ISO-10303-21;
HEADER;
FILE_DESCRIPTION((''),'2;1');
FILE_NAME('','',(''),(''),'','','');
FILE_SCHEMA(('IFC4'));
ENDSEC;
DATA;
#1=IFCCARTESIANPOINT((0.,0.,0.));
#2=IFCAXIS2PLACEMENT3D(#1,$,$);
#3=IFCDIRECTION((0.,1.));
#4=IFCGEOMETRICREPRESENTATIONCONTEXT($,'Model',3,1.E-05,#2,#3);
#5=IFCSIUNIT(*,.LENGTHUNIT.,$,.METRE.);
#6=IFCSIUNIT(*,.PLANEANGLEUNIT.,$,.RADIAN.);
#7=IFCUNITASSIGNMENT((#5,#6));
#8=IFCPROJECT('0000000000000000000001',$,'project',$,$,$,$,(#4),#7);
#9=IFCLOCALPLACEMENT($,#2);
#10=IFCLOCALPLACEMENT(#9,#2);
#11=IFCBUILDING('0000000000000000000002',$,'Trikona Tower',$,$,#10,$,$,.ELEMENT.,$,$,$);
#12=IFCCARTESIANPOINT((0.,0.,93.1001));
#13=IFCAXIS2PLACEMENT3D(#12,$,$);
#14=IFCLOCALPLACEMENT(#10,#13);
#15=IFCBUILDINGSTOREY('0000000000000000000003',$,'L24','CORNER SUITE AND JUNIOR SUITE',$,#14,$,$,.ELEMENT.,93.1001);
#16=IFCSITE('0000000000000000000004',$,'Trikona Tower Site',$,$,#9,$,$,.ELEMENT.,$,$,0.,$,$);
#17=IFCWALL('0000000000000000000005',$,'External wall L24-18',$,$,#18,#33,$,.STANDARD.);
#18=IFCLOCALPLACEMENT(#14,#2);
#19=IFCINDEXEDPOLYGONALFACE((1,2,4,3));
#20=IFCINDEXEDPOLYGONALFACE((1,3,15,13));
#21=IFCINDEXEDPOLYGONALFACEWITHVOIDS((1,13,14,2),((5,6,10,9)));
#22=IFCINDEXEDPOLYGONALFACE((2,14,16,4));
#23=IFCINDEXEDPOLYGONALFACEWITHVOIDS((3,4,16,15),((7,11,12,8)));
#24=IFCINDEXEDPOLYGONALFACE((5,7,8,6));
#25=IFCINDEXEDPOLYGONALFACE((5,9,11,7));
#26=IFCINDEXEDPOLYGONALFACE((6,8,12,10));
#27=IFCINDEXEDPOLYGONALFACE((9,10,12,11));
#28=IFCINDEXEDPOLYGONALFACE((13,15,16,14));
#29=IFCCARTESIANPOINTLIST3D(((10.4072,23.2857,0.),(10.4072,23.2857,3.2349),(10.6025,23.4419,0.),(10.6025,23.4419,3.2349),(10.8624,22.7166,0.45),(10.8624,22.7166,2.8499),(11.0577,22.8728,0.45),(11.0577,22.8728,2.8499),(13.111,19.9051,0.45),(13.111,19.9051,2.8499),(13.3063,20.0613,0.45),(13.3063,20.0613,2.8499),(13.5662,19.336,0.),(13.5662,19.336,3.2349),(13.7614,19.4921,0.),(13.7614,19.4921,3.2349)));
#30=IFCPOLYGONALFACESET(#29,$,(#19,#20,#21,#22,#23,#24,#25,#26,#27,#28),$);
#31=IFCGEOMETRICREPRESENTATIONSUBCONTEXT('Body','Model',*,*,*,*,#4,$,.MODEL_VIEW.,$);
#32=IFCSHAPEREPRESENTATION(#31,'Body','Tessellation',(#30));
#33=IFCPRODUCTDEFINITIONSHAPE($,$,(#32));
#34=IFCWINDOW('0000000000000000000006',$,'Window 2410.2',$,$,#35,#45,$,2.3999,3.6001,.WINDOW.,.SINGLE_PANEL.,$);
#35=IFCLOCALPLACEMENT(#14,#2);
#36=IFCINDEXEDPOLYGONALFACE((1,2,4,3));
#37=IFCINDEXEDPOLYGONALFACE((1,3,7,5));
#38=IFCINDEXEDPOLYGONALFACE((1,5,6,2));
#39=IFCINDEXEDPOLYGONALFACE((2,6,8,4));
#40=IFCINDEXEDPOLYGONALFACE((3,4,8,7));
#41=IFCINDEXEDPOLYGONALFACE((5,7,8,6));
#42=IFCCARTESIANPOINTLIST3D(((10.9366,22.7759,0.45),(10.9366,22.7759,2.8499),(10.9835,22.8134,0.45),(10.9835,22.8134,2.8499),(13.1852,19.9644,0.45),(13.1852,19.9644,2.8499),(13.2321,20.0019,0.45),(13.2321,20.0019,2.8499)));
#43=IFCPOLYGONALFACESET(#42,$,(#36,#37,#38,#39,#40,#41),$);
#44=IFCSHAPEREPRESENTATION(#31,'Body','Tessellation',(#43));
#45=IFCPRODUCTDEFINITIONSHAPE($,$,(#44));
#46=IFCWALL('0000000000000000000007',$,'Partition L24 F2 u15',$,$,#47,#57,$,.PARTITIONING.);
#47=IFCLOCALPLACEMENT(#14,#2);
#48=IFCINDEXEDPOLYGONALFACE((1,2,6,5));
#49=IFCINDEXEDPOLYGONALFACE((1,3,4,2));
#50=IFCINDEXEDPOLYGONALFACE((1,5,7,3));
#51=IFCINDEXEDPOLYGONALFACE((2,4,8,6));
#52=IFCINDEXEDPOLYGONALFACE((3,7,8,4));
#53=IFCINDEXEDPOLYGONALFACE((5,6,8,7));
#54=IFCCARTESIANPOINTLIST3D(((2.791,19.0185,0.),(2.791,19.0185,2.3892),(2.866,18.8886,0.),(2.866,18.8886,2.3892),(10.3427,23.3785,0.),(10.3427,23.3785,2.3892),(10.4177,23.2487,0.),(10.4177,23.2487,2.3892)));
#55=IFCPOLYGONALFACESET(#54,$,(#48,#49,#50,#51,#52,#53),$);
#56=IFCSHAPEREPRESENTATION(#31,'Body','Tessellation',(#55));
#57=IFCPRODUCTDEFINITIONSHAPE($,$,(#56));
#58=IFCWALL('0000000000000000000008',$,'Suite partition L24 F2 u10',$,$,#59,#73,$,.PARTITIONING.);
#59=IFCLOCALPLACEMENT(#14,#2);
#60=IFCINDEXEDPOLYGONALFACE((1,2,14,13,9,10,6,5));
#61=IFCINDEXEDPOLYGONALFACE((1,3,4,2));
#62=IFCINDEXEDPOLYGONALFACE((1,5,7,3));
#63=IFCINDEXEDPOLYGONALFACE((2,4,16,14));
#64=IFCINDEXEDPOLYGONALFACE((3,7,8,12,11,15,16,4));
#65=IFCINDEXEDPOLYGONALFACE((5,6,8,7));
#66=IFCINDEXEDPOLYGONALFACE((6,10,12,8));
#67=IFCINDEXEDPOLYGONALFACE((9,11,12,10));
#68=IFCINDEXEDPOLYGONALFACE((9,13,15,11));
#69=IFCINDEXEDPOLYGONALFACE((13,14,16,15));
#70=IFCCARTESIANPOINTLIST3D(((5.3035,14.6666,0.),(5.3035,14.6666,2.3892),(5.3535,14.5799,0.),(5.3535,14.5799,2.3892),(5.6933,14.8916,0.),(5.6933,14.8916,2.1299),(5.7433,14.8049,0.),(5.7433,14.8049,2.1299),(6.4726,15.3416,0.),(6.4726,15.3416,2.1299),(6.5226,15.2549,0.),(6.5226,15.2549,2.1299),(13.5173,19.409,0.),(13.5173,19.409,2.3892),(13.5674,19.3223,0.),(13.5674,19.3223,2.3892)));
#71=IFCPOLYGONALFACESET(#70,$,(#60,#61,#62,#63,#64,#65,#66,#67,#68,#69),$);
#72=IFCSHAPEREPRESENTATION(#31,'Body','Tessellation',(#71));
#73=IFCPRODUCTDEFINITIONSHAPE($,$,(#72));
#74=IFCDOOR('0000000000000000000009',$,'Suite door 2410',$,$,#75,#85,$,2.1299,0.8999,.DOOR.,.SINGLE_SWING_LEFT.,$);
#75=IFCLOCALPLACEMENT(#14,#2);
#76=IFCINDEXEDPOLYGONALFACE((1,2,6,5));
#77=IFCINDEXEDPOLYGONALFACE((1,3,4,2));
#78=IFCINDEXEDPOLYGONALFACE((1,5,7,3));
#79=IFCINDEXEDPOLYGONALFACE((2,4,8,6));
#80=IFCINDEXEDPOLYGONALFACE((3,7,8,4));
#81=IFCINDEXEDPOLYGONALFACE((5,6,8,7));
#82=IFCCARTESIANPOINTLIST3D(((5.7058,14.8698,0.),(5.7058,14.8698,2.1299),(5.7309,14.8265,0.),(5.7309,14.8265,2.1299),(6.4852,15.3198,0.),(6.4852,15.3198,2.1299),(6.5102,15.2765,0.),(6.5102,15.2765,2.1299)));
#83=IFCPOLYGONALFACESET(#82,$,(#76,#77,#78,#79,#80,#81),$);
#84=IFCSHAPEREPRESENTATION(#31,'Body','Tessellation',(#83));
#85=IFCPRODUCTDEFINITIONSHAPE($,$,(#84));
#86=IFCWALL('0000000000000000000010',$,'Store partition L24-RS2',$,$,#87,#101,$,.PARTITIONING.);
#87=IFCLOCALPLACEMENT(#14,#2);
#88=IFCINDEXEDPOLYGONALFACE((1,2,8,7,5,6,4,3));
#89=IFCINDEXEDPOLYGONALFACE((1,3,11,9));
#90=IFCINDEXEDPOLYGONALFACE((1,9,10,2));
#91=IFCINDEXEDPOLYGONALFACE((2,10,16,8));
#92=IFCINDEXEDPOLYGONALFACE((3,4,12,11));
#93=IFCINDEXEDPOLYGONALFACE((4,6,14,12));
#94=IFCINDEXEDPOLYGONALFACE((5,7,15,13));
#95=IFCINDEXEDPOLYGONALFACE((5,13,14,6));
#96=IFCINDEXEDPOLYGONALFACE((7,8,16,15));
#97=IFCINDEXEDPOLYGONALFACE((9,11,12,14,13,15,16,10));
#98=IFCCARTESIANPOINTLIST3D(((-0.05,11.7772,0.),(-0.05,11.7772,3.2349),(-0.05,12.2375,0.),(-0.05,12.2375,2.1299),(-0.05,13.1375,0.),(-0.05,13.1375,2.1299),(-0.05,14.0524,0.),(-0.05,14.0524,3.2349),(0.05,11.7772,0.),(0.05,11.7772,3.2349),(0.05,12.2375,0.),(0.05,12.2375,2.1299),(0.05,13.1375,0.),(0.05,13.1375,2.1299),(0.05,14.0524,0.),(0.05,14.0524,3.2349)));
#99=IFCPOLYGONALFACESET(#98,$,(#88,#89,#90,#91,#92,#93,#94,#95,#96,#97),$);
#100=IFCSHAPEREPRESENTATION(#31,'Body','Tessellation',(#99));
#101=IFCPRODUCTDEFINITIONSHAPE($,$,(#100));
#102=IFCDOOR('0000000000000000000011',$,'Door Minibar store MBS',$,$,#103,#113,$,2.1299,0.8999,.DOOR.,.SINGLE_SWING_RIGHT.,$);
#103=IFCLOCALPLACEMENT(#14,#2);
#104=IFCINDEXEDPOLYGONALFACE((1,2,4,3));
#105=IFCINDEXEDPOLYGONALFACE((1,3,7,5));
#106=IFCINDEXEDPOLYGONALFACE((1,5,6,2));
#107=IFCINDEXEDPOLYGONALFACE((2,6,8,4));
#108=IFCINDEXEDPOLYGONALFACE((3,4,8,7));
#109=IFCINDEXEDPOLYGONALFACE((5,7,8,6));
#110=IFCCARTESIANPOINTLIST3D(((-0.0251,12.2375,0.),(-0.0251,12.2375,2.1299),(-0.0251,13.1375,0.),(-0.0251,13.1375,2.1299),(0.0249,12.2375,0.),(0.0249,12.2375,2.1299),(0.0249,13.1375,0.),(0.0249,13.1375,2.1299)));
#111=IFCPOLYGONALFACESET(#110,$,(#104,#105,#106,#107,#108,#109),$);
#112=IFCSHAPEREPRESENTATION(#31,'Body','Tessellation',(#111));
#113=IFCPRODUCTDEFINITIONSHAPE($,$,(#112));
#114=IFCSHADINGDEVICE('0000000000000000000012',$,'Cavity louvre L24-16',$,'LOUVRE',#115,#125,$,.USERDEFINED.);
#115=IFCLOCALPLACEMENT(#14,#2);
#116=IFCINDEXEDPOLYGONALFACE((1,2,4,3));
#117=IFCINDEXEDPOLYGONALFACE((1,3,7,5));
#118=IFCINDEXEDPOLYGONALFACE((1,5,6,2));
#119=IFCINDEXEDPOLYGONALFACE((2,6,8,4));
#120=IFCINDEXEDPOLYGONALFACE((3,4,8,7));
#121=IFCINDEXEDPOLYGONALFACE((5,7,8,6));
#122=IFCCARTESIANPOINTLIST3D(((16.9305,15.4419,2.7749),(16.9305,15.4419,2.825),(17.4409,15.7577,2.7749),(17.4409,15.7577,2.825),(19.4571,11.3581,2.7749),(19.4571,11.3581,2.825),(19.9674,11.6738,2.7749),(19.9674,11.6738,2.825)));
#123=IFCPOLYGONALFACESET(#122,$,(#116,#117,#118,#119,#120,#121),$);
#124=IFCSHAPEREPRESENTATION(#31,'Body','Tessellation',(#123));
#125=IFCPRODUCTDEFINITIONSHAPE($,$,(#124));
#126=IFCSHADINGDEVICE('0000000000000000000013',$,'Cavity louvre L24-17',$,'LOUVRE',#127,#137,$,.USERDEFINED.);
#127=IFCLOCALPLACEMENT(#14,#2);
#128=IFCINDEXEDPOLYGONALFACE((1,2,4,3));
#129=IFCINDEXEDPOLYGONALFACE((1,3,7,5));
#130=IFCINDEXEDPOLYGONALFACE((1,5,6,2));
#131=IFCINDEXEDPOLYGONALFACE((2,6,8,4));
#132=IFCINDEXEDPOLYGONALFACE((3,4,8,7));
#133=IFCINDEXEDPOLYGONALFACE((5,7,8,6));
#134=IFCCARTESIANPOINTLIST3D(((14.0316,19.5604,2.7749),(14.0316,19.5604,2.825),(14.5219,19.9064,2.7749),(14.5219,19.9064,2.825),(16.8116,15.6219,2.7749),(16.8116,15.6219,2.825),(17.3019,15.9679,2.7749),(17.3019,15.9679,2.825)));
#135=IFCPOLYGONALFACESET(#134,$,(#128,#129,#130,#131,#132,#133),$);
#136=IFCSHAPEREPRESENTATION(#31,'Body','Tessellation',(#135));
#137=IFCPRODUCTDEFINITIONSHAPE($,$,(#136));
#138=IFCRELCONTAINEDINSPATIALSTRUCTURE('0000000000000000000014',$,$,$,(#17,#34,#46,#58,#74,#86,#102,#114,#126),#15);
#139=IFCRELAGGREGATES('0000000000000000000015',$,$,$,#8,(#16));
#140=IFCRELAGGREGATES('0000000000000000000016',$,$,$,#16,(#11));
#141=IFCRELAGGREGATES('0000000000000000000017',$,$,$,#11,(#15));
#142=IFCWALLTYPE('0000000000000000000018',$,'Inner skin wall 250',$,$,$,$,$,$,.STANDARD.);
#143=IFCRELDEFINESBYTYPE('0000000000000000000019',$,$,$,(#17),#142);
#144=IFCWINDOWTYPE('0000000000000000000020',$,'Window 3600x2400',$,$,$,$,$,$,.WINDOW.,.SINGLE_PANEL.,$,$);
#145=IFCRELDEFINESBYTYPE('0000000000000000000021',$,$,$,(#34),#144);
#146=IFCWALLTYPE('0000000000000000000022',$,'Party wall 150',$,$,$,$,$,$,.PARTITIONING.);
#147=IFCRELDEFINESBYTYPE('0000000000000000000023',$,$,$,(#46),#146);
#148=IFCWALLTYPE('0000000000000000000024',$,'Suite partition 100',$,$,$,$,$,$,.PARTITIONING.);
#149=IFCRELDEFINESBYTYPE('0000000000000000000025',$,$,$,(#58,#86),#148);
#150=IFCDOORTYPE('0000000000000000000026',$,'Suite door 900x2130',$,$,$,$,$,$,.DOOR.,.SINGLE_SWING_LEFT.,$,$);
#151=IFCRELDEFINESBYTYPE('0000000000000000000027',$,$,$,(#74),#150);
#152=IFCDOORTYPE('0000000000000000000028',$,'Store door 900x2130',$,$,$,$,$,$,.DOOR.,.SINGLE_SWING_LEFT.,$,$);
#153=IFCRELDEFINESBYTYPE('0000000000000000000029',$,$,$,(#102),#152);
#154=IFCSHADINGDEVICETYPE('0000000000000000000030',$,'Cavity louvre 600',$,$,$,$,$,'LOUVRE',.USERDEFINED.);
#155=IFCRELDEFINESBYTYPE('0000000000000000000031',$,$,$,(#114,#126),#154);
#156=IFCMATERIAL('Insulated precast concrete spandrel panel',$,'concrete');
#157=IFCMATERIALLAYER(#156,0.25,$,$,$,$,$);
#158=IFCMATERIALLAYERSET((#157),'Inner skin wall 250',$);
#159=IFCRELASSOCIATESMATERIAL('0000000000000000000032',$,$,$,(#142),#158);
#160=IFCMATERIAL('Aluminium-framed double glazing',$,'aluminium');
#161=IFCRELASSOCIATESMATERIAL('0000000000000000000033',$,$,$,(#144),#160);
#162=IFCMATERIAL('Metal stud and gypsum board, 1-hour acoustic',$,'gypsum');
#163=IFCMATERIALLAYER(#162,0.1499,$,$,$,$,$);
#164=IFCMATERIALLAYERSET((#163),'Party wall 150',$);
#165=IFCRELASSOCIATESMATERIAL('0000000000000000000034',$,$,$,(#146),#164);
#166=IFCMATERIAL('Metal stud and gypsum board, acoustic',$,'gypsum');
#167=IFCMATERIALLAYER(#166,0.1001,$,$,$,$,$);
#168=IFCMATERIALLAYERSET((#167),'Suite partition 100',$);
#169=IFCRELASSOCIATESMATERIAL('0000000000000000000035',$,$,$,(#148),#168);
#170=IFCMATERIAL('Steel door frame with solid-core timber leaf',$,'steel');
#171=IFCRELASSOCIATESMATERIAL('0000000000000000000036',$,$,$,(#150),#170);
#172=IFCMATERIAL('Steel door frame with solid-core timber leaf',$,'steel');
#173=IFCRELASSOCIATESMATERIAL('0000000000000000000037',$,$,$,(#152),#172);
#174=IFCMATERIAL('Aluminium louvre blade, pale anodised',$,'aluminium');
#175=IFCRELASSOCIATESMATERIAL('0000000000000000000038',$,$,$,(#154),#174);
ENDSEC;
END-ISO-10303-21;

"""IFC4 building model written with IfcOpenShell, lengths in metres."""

from ifc_helpers import new_model, si_unit, direction, frame, frame_2d, origin, origin_2d, place, context, subcontext, project, spatial, rectangle, extrude, material, layer, layer_set, type_object, element, fill, save


model = new_model("IFC4")

# Units and contexts
model_context = context("Model", 3, precision=1e-05, world=origin(), true_north=direction((0.0, 1.0)))
body_context = subcontext(model_context, "Body", "Model", "MODEL_VIEW")
ifc_project = project(units=[si_unit("LENGTHUNIT", "METRE"), si_unit("PLANEANGLEUNIT", "RADIAN")], contexts=[model_context])

# Site, building, storey
site_placement = place(None, origin())
site = spatial("IfcSite", under=ifc_project, at=site_placement, Name="Trikona Tower Site", CompositionType="ELEMENT", RefElevation=0.0)
building_placement = place(site_placement, origin())
building = spatial("IfcBuilding", under=site, at=building_placement, Name="Trikona Tower", CompositionType="ELEMENT")
storey_placement = place(building_placement, frame((0.0, 0.0, 93.1001)))
storey = spatial("IfcBuildingStorey", under=building, at=storey_placement, Name="L24", Description="CORNER SUITE AND JUNIOR SUITE", CompositionType="ELEMENT", Elevation=93.1001)

# Wall, opening, window
ifc_material_1 = material(Name="Insulated precast concrete spandrel panel", Category="concrete")
ifc_layer_1 = layer(ifc_material_1, 0.25)
ifc_layer_set_1 = layer_set([ifc_layer_1], Name="Inner skin wall 250")
wall_type_1 = type_object("IfcWallType", Name="Inner skin wall 250", PredefinedType="STANDARD", material=ifc_layer_set_1)
ifc_material_2 = material(Name="Aluminium-framed double glazing", Category="aluminium")
window_type = type_object("IfcWindowType", Name="Window 3600x2400", PartitioningType="SINGLE_PANEL", PredefinedType="WINDOW", material=ifc_material_2)
wall_1_placement = place(storey_placement, frame((13.6638, 19.4141, 0.0), z_axis=(0.0, 0.0, 1.0), x_axis=(-0.624595, 0.780949, 0.0)))
wall_1 = element("IfcWall", 1, at=wall_1_placement, inside=storey, type_object=wall_type_1, Name="External wall L24-18", PredefinedType="STANDARD", context=body_context, shape_type="SweptSolid", body=[
    extrude(rectangle(XDim=5.0576, YDim=0.25, at=frame_2d((2.5288, 0.0))), origin(), (0.0, 0.0, 1.0), 3.2349),
])
opening_1_placement = place(wall_1_placement, frame((0.7288, 0.0, 0.45)))
opening_1 = element("IfcOpeningElement", 2, at=opening_1_placement, cuts=wall_1, PredefinedType="OPENING", context=body_context, shape_type="SweptSolid", body=[
    extrude(rectangle(XDim=3.6001, YDim=2.3999, at=frame_2d((1.8, 1.2))), frame((0.0, 0.135, 0.0), z_axis=(0.0, -1.0, 0.0), x_axis=(1.0, 0.0, 0.0)), (0.0, 0.0, 1.0), 0.27),
])
window_1_placement = place(opening_1_placement, origin())
window_1 = element("IfcWindow", 3, at=window_1_placement, inside=storey, type_object=window_type, Name="Window 2410.2", OverallHeight=2.3999, OverallWidth=3.6001, PartitioningType="SINGLE_PANEL", PredefinedType="WINDOW", context=body_context, shape_type="SweptSolid", body=[
    extrude(rectangle(XDim=3.6001, YDim=2.3999, at=frame_2d((1.8, 1.2))), frame((0.0, 0.03, 0.0), z_axis=(0.0, -1.0, 0.0), x_axis=(1.0, 0.0, 0.0)), (0.0, 0.0, 1.0), 0.0601),
])
fill(opening_1, window_1)

# Wall
ifc_material_3 = material(Name="Metal stud and gypsum board, 1-hour acoustic", Category="gypsum")
ifc_layer_2 = layer(ifc_material_3, 0.1499)
ifc_layer_set_2 = layer_set([ifc_layer_2], Name="Party wall 150")
wall_type_2 = type_object("IfcWallType", Name="Party wall 150", PredefinedType="PARTITIONING", material=ifc_layer_set_2)
wall_2_placement = place(storey_placement, frame((2.8286, 18.9536, 0.0), z_axis=(0.0, 0.0, 1.0), x_axis=(0.866021, 0.500008, 0.0)))
element("IfcWall", 4, at=wall_2_placement, inside=storey, type_object=wall_type_2, Name="Partition L24 F2 u15", PredefinedType="PARTITIONING", context=body_context, shape_type="SweptSolid", body=[
    extrude(rectangle(XDim=8.72, YDim=0.1499, at=frame_2d((4.3599, 0.0))), origin(), (0.0, 0.0, 1.0), 2.3892),
])

# Walls, openings, doors
ifc_material_4 = material(Name="Metal stud and gypsum board, acoustic", Category="gypsum")
ifc_layer_3 = layer(ifc_material_4, 0.1001)
ifc_layer_set_3 = layer_set([ifc_layer_3], Name="Suite partition 100")
wall_type_3 = type_object("IfcWallType", Name="Suite partition 100", PredefinedType="PARTITIONING", material=ifc_layer_set_3)
wall_3_placement = place(storey_placement, frame((5.3286, 14.6233, 0.0), z_axis=(0.0, 0.0, 1.0), x_axis=(0.866018, 0.500012, 0.0)))
wall_3 = element("IfcWall", 5, at=wall_3_placement, inside=storey, type_object=wall_type_3, Name="Suite partition L24 F2 u10", PredefinedType="PARTITIONING", context=body_context, shape_type="SweptSolid", body=[
    extrude(rectangle(XDim=9.4846, YDim=0.1001, at=frame_2d((4.7422, 0.0))), origin(), (0.0, 0.0, 1.0), 2.3892),
])
opening_2_placement = place(wall_3_placement, frame((0.45, 0.0, 0.0)))
opening_2 = element("IfcOpeningElement", 6, at=opening_2_placement, cuts=wall_3, PredefinedType="OPENING", context=body_context, shape_type="SweptSolid", body=[
    extrude(rectangle(XDim=0.8999, YDim=2.1299, at=frame_2d((0.45, 1.0649))), frame((0.0, 0.0601, 0.0), z_axis=(0.0, -1.0, 0.0), x_axis=(1.0, 0.0, 0.0)), (0.0, 0.0, 1.0), 0.1201),
])
ifc_material_5 = material(Name="Steel door frame with solid-core timber leaf", Category="steel")
door_type_1 = type_object("IfcDoorType", Name="Suite door 900x2130", OperationType="SINGLE_SWING_LEFT", PredefinedType="DOOR", material=ifc_material_5)
door_1_placement = place(opening_2_placement, origin())
door_1 = element("IfcDoor", 7, at=door_1_placement, inside=storey, type_object=door_type_1, Name="Suite door 2410", OperationType="SINGLE_SWING_LEFT", OverallHeight=2.1299, OverallWidth=0.8999, PredefinedType="DOOR", context=body_context, shape_type="SweptSolid", body=[
    extrude(rectangle(XDim=0.8999, YDim=2.1299, at=frame_2d((0.45, 1.0649))), frame((0.0, 0.0249, 0.0), z_axis=(0.0, -1.0, 0.0), x_axis=(1.0, 0.0, 0.0)), (0.0, 0.0, 1.0), 0.05),
])
fill(opening_2, door_1)
wall_4_placement = place(storey_placement, frame((0.0, 14.0525, 0.0), z_axis=(0.0, 0.0, 1.0), x_axis=(0.0, -1.0, 0.0)))
wall_4 = element("IfcWall", 8, at=wall_4_placement, inside=storey, type_object=wall_type_3, Name="Store partition L24-RS2", PredefinedType="PARTITIONING", context=body_context, shape_type="SweptSolid", body=[
    extrude(rectangle(XDim=2.2751, YDim=0.1001, at=frame_2d((1.1377, 0.0))), origin(), (0.0, 0.0, 1.0), 3.2349),
])
opening_3_placement = place(wall_4_placement, frame((0.915, 0.0, 0.0)))
opening_3 = element("IfcOpeningElement", 9, at=opening_3_placement, cuts=wall_4, PredefinedType="OPENING", context=body_context, shape_type="SweptSolid", body=[
    extrude(rectangle(XDim=0.8999, YDim=2.1299, at=frame_2d((0.45, 1.0649))), frame((0.0, 0.0601, 0.0), z_axis=(0.0, -1.0, 0.0), x_axis=(1.0, 0.0, 0.0)), (0.0, 0.0, 1.0), 0.1201),
])
ifc_material_6 = material(Name="Steel door frame with solid-core timber leaf", Category="steel")
door_type_2 = type_object("IfcDoorType", Name="Store door 900x2130", OperationType="SINGLE_SWING_LEFT", PredefinedType="DOOR", material=ifc_material_6)
door_2_placement = place(opening_3_placement, origin())
door_2 = element("IfcDoor", 10, at=door_2_placement, inside=storey, type_object=door_type_2, Name="Door Minibar store MBS", OperationType="SINGLE_SWING_RIGHT", OverallHeight=2.1299, OverallWidth=0.8999, PredefinedType="DOOR", context=body_context, shape_type="SweptSolid", body=[
    extrude(rectangle(XDim=0.8999, YDim=2.1299, at=frame_2d((0.45, 1.0649))), frame((0.0, 0.0249, 0.0), z_axis=(0.0, -1.0, 0.0), x_axis=(1.0, 0.0, 0.0)), (0.0, 0.0, 1.0), 0.05),
])
fill(opening_3, door_2)

# Shading devices
ifc_material_7 = material(Name="Aluminium louvre blade, pale anodised", Category="aluminium")
shading_device_type = type_object("IfcShadingDeviceType", Name="Cavity louvre 600", ElementType="LOUVRE", PredefinedType="USERDEFINED", material=ifc_material_7)
shading_device_1_placement = place(storey_placement, frame((18.449, 13.5579, 2.7749), z_axis=(0.0, 0.0, 1.0), x_axis=(-0.526119, 0.850411, 0.0)))
element("IfcShadingDevice", 11, at=shading_device_1_placement, inside=storey, type_object=shading_device_type, Name="Cavity louvre L24-16", ObjectType="LOUVRE", PredefinedType="USERDEFINED", context=body_context, shape_type="SweptSolid", body=[
    extrude(rectangle(XDim=4.8022, YDim=0.6001, at=origin_2d()), origin(), (0.0, 0.0, 1.0), 0.05),
])
shading_device_2_placement = place(storey_placement, frame((15.6667, 17.7642, 2.7749), z_axis=(0.0, 0.0, 1.0), x_axis=(-0.576662, 0.816983, 0.0)))
element("IfcShadingDevice", 12, at=shading_device_2_placement, inside=storey, type_object=shading_device_type, Name="Cavity louvre L24-17", ObjectType="LOUVRE", PredefinedType="USERDEFINED", context=body_context, shape_type="SweptSolid", body=[
    extrude(rectangle(XDim=4.8208, YDim=0.6001, at=origin_2d()), origin(), (0.0, 0.0, 1.0), 0.05),
])

save(model, "model.ifc")
